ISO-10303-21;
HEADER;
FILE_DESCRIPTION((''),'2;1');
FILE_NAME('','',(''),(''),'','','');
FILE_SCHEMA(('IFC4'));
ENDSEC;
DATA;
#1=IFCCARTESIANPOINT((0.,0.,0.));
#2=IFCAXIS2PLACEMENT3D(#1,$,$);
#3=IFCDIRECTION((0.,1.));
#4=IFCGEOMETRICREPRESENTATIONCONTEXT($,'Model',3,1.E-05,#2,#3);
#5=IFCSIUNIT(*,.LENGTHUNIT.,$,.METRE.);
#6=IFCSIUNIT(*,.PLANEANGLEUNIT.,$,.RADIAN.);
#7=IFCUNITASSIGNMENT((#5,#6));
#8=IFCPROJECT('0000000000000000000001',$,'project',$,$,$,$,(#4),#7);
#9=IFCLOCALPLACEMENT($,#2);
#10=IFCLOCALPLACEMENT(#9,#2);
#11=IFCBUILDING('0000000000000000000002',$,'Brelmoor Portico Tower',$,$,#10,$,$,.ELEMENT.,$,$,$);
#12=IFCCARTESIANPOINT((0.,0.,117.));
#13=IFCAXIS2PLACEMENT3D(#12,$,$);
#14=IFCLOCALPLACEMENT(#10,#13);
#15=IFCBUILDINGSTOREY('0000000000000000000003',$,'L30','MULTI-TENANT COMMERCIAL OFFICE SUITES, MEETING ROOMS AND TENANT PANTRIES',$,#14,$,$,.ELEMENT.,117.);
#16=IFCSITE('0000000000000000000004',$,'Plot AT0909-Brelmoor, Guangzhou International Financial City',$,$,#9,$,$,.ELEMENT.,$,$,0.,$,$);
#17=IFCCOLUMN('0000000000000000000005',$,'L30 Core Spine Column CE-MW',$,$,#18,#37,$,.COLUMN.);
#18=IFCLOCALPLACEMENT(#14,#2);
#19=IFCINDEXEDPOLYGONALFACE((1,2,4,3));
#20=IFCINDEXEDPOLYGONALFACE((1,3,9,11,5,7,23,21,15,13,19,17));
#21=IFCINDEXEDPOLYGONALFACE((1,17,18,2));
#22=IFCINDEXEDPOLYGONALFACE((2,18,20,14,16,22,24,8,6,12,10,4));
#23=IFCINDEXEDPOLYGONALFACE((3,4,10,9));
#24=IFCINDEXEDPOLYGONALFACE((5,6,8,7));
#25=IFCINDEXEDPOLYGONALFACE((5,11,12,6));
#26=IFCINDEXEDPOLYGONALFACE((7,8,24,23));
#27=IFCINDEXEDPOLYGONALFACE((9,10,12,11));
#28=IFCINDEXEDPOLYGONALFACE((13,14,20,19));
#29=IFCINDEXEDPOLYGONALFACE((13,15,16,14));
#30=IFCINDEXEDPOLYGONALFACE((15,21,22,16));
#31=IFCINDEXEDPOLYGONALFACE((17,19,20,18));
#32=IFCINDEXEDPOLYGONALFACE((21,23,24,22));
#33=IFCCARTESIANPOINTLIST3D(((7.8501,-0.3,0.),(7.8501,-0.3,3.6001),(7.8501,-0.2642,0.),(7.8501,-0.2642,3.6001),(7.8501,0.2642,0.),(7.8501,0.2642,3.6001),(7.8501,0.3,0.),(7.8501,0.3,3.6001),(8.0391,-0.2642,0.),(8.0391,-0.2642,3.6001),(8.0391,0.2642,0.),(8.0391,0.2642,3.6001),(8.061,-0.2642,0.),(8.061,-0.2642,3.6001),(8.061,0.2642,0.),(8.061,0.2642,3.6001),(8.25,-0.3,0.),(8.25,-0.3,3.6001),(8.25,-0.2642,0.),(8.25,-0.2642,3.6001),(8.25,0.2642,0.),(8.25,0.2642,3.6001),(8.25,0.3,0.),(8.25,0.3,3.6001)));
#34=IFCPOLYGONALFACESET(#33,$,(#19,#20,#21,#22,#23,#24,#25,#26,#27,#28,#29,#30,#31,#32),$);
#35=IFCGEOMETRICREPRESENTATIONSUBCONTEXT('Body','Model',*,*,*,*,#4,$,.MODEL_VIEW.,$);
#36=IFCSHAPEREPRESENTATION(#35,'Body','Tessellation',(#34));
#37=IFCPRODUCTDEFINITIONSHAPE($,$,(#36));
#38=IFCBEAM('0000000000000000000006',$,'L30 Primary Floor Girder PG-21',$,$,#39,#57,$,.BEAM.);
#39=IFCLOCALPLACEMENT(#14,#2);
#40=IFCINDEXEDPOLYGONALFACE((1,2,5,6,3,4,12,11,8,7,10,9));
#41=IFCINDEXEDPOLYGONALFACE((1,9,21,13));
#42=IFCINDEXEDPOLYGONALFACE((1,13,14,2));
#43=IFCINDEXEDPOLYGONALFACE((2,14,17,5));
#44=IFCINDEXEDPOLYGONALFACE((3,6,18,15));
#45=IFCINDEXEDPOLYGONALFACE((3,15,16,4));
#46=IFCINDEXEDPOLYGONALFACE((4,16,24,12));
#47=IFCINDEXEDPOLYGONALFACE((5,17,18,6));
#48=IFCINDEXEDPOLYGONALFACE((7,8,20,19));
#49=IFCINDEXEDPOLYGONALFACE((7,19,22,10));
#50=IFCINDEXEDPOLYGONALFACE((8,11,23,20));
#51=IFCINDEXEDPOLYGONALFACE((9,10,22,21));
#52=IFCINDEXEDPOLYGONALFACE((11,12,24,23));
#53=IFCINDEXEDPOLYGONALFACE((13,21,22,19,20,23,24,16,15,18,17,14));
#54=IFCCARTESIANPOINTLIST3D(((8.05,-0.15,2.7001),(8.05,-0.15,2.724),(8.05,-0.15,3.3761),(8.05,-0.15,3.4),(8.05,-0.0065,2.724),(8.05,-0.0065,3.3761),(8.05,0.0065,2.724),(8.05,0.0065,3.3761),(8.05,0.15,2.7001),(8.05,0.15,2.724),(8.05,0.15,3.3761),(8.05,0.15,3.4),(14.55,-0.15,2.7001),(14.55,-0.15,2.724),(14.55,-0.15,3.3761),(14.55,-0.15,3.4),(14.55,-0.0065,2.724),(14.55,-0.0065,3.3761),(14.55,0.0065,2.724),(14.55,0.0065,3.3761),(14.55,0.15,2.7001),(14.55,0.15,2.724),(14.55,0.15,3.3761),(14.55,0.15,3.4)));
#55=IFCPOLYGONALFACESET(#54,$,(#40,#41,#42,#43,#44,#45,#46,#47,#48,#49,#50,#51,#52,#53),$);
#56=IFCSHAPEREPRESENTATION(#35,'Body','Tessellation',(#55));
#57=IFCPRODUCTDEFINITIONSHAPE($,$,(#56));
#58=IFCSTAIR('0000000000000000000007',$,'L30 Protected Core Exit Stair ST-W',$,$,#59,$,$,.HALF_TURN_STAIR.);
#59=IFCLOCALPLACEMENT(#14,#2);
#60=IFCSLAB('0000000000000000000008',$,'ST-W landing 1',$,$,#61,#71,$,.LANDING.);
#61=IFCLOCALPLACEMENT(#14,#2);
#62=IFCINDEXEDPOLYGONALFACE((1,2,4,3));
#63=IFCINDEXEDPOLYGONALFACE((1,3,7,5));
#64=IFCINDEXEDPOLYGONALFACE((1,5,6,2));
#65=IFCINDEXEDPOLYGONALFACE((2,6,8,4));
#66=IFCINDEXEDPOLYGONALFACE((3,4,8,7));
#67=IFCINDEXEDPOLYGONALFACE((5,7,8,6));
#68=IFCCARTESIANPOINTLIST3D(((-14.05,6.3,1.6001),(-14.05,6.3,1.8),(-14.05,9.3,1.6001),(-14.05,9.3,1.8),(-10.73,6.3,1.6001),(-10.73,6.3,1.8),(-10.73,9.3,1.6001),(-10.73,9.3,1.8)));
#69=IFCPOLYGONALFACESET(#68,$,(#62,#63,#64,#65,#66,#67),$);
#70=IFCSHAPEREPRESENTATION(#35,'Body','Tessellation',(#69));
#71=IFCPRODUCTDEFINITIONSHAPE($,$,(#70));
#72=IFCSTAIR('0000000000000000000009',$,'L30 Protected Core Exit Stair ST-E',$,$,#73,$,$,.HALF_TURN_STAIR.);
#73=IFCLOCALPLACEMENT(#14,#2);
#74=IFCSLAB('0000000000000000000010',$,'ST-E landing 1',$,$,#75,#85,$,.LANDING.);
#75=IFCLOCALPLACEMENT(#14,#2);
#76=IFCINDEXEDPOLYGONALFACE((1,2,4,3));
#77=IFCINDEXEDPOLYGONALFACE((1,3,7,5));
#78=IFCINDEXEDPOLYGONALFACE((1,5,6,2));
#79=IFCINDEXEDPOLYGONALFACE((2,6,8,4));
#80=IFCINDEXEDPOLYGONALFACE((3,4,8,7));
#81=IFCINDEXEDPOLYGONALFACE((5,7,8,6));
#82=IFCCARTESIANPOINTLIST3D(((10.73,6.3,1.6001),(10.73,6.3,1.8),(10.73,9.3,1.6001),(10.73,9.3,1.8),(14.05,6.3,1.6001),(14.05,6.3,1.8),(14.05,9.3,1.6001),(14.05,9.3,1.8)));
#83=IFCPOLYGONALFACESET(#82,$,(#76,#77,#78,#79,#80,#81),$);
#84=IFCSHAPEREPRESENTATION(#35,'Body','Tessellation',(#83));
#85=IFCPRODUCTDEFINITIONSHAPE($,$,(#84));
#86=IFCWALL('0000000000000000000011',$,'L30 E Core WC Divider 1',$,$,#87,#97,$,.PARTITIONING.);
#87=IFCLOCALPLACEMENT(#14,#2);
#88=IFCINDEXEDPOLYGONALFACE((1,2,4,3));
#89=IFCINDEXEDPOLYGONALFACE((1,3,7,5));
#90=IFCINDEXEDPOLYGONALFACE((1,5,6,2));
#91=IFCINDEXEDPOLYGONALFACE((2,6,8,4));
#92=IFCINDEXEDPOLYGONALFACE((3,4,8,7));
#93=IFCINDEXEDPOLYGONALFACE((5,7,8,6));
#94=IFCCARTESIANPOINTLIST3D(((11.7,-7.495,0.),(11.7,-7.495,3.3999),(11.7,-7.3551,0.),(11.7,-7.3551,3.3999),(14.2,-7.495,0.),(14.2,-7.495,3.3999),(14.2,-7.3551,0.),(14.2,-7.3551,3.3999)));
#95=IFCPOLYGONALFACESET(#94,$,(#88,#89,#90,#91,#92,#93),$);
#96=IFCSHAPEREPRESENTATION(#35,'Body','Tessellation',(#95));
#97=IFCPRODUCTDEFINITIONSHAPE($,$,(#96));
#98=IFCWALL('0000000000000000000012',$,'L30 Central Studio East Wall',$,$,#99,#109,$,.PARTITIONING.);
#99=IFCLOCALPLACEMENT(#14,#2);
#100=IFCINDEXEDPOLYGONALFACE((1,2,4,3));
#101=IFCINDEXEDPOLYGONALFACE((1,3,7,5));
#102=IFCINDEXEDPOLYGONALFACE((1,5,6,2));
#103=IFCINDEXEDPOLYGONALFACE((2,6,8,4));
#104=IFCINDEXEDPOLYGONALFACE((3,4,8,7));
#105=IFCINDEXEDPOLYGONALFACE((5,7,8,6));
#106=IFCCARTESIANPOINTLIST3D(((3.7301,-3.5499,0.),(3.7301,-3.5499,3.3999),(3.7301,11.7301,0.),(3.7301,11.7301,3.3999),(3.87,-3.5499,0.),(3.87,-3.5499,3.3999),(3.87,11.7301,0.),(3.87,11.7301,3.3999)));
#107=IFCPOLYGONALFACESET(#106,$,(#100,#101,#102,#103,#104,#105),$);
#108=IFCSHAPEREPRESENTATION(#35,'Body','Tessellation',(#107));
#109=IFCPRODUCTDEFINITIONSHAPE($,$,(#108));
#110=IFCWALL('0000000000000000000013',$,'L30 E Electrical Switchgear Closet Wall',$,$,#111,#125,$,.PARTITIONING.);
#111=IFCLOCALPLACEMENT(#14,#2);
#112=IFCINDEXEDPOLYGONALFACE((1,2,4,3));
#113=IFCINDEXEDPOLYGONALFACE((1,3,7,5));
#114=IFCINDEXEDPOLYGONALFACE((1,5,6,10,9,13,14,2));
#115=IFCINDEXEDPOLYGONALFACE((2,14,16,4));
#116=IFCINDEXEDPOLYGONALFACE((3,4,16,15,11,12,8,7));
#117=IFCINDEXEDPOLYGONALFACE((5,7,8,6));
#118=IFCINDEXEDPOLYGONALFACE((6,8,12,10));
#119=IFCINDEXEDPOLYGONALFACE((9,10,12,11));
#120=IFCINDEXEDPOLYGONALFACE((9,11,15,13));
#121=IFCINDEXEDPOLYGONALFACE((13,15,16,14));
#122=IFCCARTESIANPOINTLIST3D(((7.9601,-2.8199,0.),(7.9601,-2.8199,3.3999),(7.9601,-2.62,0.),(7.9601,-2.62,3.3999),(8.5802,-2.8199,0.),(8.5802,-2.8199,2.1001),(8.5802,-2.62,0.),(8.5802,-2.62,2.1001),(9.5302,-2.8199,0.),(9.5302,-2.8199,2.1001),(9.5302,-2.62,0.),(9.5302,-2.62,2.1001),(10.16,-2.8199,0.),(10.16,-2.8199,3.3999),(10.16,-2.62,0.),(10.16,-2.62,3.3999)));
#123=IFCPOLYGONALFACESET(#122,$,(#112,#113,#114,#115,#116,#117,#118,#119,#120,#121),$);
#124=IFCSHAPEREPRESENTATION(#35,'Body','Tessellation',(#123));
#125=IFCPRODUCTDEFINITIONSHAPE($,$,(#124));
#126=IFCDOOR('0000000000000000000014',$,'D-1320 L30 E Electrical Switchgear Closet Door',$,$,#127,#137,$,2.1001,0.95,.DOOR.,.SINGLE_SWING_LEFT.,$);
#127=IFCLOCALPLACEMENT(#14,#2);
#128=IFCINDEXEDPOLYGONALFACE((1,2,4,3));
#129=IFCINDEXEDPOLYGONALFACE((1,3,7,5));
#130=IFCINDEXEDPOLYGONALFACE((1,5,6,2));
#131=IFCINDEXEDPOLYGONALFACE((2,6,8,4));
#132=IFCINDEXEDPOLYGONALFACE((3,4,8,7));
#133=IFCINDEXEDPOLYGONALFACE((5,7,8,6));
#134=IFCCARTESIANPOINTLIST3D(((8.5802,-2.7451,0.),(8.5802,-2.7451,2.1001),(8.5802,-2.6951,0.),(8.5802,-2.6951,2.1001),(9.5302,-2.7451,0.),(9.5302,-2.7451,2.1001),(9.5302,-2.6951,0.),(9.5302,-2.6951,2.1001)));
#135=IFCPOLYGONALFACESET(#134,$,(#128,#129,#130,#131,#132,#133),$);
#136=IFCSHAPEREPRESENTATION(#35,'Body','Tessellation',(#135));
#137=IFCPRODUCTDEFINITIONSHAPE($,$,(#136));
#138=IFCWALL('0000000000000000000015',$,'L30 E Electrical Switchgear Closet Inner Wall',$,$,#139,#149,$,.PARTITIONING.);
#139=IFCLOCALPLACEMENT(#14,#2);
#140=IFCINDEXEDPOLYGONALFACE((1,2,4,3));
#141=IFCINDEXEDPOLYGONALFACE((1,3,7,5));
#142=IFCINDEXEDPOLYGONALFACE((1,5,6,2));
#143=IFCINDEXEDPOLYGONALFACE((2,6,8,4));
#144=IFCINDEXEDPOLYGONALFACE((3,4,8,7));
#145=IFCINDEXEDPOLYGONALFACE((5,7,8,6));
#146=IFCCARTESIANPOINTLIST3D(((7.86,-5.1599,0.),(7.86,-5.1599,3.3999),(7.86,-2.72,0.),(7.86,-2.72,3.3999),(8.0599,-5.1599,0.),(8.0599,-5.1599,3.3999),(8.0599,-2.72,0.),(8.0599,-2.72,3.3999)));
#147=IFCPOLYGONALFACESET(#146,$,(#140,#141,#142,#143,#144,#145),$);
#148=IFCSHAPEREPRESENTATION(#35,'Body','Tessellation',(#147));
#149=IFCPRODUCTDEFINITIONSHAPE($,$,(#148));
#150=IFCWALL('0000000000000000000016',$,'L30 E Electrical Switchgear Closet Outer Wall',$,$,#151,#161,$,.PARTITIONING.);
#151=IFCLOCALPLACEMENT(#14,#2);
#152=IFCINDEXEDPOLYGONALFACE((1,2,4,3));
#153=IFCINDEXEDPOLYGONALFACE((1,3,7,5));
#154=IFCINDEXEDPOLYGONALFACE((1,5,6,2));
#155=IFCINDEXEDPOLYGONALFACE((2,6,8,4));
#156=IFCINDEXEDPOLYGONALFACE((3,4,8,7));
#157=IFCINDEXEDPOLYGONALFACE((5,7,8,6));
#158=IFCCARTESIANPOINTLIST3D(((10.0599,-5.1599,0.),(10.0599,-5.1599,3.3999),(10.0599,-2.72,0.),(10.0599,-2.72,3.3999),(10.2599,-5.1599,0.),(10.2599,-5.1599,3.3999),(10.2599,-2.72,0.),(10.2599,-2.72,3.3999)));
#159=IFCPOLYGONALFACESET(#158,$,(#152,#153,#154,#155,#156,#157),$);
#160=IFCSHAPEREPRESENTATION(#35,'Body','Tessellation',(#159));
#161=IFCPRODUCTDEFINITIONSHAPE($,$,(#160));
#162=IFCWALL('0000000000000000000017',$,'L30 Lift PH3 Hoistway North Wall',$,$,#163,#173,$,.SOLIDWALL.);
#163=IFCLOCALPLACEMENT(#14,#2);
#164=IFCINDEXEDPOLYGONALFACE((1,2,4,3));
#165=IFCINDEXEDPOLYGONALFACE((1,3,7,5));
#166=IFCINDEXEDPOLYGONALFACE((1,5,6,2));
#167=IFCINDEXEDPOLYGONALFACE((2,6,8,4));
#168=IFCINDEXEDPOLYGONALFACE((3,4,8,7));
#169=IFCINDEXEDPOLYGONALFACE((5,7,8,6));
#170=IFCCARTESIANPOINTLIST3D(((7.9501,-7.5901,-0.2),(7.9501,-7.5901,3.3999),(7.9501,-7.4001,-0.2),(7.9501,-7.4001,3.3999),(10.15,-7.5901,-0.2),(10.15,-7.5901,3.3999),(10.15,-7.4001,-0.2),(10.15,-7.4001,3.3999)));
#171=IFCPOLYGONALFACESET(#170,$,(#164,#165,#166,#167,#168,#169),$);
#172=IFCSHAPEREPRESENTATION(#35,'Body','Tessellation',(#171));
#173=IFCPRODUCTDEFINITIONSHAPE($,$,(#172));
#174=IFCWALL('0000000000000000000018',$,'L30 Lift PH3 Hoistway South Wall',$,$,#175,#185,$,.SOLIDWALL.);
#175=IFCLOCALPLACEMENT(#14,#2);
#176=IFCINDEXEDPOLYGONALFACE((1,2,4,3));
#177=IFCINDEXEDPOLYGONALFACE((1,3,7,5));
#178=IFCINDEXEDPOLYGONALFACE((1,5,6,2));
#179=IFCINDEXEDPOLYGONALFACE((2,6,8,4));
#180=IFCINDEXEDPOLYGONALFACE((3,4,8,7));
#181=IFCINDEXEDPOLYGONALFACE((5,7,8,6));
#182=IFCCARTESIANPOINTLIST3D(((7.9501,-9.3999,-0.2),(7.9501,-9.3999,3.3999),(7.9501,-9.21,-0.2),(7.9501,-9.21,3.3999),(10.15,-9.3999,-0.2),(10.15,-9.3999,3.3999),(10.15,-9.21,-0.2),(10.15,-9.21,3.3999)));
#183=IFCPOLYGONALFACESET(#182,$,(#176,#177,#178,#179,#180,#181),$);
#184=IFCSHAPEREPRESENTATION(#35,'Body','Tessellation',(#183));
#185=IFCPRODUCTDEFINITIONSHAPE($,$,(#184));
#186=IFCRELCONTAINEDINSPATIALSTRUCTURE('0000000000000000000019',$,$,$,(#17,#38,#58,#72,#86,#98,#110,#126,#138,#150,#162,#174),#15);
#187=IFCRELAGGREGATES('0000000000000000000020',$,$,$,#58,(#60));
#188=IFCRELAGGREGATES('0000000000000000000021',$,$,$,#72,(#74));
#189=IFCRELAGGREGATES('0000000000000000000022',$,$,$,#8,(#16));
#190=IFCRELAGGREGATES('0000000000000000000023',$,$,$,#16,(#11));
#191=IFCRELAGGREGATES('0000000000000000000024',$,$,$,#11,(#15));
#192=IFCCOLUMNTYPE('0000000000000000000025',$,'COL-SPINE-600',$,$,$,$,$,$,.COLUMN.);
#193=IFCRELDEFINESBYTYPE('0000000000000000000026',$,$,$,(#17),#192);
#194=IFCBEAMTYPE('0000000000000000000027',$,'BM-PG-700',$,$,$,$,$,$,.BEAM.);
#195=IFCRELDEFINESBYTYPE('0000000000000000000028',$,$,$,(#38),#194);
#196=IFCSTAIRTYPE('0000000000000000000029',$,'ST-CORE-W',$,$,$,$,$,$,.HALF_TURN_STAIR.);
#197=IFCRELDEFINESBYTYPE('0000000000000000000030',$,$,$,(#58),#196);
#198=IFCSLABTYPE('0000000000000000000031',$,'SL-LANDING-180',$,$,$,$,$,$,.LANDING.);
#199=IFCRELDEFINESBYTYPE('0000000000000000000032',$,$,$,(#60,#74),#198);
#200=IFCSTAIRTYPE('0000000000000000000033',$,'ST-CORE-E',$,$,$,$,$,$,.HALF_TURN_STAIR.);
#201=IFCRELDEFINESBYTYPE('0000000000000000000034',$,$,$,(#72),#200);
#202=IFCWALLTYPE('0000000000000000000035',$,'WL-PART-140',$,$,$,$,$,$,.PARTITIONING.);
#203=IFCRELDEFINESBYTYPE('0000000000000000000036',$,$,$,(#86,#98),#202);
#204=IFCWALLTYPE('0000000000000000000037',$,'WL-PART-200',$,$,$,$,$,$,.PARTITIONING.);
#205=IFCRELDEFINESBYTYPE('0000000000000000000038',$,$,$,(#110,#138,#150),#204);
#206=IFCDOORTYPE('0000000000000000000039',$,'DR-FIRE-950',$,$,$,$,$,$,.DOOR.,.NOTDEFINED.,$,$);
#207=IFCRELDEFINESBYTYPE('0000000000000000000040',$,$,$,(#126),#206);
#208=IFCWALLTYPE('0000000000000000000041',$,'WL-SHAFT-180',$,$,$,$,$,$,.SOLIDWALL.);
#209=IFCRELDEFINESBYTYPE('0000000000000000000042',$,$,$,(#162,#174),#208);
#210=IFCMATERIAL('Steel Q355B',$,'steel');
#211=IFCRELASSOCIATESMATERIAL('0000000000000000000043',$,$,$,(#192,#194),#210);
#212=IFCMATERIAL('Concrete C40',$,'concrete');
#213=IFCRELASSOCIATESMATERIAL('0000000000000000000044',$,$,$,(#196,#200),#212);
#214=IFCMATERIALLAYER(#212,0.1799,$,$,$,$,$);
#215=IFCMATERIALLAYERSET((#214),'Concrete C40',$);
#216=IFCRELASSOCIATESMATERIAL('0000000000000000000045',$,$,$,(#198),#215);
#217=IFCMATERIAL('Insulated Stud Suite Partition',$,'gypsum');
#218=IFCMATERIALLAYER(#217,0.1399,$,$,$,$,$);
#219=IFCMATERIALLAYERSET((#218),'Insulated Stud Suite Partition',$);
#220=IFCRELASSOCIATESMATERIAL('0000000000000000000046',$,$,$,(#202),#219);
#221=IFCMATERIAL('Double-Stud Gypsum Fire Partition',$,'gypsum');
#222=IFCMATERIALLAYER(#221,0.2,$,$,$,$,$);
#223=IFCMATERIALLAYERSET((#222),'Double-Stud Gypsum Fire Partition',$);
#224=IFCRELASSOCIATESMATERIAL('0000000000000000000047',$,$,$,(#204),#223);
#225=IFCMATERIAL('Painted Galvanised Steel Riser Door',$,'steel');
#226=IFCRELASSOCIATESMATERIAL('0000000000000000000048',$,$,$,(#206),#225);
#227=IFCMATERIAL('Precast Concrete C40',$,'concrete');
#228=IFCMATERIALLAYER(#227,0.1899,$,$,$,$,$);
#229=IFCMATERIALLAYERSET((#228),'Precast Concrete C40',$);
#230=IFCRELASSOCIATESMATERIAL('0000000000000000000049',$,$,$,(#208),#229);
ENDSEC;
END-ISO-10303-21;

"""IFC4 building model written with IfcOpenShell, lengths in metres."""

from ifc_helpers import new_model, si_unit, direction, frame, frame_2d, origin, origin_2d, place, context, subcontext, project, spatial, polyline, rectangle, i_section, outline, extrude, material, layer, layer_set, material_profile, profile_set, type_object, element, fill, aggregate, save


model = new_model("IFC4")

# Units and contexts
model_context = context("Model", 3, precision=1e-05, world=origin(), true_north=direction((0.0, 1.0)))
body_context = subcontext(model_context, "Body", "Model", "MODEL_VIEW")
ifc_project = project(units=[si_unit("LENGTHUNIT", "METRE"), si_unit("PLANEANGLEUNIT", "RADIAN")], contexts=[model_context])

# Site, building, storey
site_placement = place(None, origin())
site = spatial("IfcSite", under=ifc_project, at=site_placement, Name="Plot AT0909-Brelmoor, Guangzhou International Financial City", CompositionType="ELEMENT", RefElevation=0.0)
building_placement = place(site_placement, origin())
building = spatial("IfcBuilding", under=site, at=building_placement, Name="Brelmoor Portico Tower", CompositionType="ELEMENT")
storey_placement = place(building_placement, frame((0.0, 0.0, 117.0)))
storey = spatial("IfcBuildingStorey", under=building, at=storey_placement, Name="L30", Description="MULTI-TENANT COMMERCIAL OFFICE SUITES, MEETING ROOMS AND TENANT PANTRIES", CompositionType="ELEMENT", Elevation=117.0)

# Column
ifc_material_1 = material(Name="Steel Q355B", Category="steel")
ifc_material_profile_1 = material_profile(ifc_material_1, i_section(OverallWidth=0.3999, OverallDepth=0.6001, WebThickness=0.022, FlangeThickness=0.0359, at=origin_2d()), Name="HW 600x400x22x36")
ifc_profile_set_1 = profile_set([ifc_material_profile_1], Name="Steel Q355B")
column_type = type_object("IfcColumnType", Name="COL-SPINE-600", PredefinedType="COLUMN", material=ifc_profile_set_1)
column_placement = place(storey_placement, frame((8.05, 0.0, 0.0), z_axis=(0.0, 0.0, 1.0), x_axis=(1.0, 0.0, 0.0)))
element("IfcColumn", 1, at=column_placement, inside=storey, type_object=column_type, Name="L30 Core Spine Column CE-MW", PredefinedType="COLUMN", context=body_context, shape_type="SweptSolid", body=[
    extrude(i_section(OverallWidth=0.3999, OverallDepth=0.6001, WebThickness=0.022, FlangeThickness=0.0359, at=origin_2d()), origin(), (0.0, 0.0, 1.0), 3.6001),
])

# Beam
ifc_material_profile_2 = material_profile(ifc_material_1, i_section(OverallWidth=0.3, OverallDepth=0.7, WebThickness=0.0129, FlangeThickness=0.0239, at=origin_2d()), Name="HN 700x300x13x24")
ifc_profile_set_2 = profile_set([ifc_material_profile_2], Name="Steel Q355B")
beam_type = type_object("IfcBeamType", Name="BM-PG-700", PredefinedType="BEAM", material=ifc_profile_set_2)
beam_placement = place(storey_placement, frame((8.05, 0.0, 3.05), z_axis=(1.0, 0.0, 0.0), x_axis=(0.0, 1.0, 0.0)))
element("IfcBeam", 2, at=beam_placement, inside=storey, type_object=beam_type, Name="L30 Primary Floor Girder PG-21", PredefinedType="BEAM", context=body_context, shape_type="SweptSolid", body=[
    extrude(i_section(OverallWidth=0.3, OverallDepth=0.7, WebThickness=0.0129, FlangeThickness=0.0239, at=origin_2d()), origin(), (0.0, 0.0, 1.0), 6.5),
])

# Stairs, slabs
ifc_material_2 = material(Name="Concrete C40", Category="concrete")
stair_type_1 = type_object("IfcStairType", Name="ST-CORE-W", PredefinedType="HALF_TURN_STAIR", material=ifc_material_2)
stair_1_placement = place(storey_placement, origin())
stair_1 = element("IfcStair", 3, at=stair_1_placement, inside=storey, type_object=stair_type_1, Name="L30 Protected Core Exit Stair ST-W", PredefinedType="HALF_TURN_STAIR")
ifc_layer_1 = layer(ifc_material_2, 0.1799)
ifc_layer_set_1 = layer_set([ifc_layer_1], Name="Concrete C40")
slab_type = type_object("IfcSlabType", Name="SL-LANDING-180", PredefinedType="LANDING", material=ifc_layer_set_1)
slab_1_placement = place(storey_placement, frame((0.0, 0.0, 1.6001)))
slab_1 = element("IfcSlab", 4, at=slab_1_placement, type_object=slab_type, Name="ST-W landing 1", PredefinedType="LANDING", context=body_context, shape_type="SweptSolid", body=[
    extrude(outline(polyline([(-10.73, 6.3), (-10.73, 9.3), (-14.05, 9.3), (-14.05, 6.3), (-10.73, 6.3)])), origin(), (0.0, 0.0, 1.0), 0.2),
])
aggregate(stair_1, [slab_1])
stair_type_2 = type_object("IfcStairType", Name="ST-CORE-E", PredefinedType="HALF_TURN_STAIR", material=ifc_material_2)
stair_2_placement = place(storey_placement, origin())
stair_2 = element("IfcStair", 5, at=stair_2_placement, inside=storey, type_object=stair_type_2, Name="L30 Protected Core Exit Stair ST-E", PredefinedType="HALF_TURN_STAIR")
slab_2_placement = place(storey_placement, frame((0.0, 0.0, 1.6001)))
slab_2 = element("IfcSlab", 6, at=slab_2_placement, type_object=slab_type, Name="ST-E landing 1", PredefinedType="LANDING", context=body_context, shape_type="SweptSolid", body=[
    extrude(outline(polyline([(14.05, 6.3), (14.05, 9.3), (10.73, 9.3), (10.73, 6.3), (14.05, 6.3)])), origin(), (0.0, 0.0, 1.0), 0.2),
])
aggregate(stair_2, [slab_2])

# Walls
ifc_material_3 = material(Name="Insulated Stud Suite Partition", Category="gypsum")
ifc_layer_2 = layer(ifc_material_3, 0.1399)
ifc_layer_set_2 = layer_set([ifc_layer_2], Name="Insulated Stud Suite Partition")
wall_type_1 = type_object("IfcWallType", Name="WL-PART-140", PredefinedType="PARTITIONING", material=ifc_layer_set_2)
wall_1_placement = place(storey_placement, frame((11.7, -7.425, 0.0), z_axis=(0.0, 0.0, 1.0), x_axis=(1.0, 0.0, 0.0)))
element("IfcWall", 7, at=wall_1_placement, inside=storey, type_object=wall_type_1, Name="L30 E Core WC Divider 1", PredefinedType="PARTITIONING", context=body_context, shape_type="SweptSolid", body=[
    extrude(rectangle(XDim=2.5, YDim=0.1399, at=frame_2d((1.25, 0.0))), origin(), (0.0, 0.0, 1.0), 3.3999),
])
wall_2_placement = place(storey_placement, frame((3.8, -3.55, 0.0), z_axis=(0.0, 0.0, 1.0), x_axis=(0.0, 1.0, 0.0)))
element("IfcWall", 8, at=wall_2_placement, inside=storey, type_object=wall_type_1, Name="L30 Central Studio East Wall", PredefinedType="PARTITIONING", context=body_context, shape_type="SweptSolid", body=[
    extrude(rectangle(XDim=15.28, YDim=0.1399, at=frame_2d((7.6401, 0.0))), origin(), (0.0, 0.0, 1.0), 3.3999),
])

# Wall, opening, door
ifc_material_4 = material(Name="Double-Stud Gypsum Fire Partition", Category="gypsum")
ifc_layer_3 = layer(ifc_material_4, 0.2)
ifc_layer_set_3 = layer_set([ifc_layer_3], Name="Double-Stud Gypsum Fire Partition")
wall_type_2 = type_object("IfcWallType", Name="WL-PART-200", PredefinedType="PARTITIONING", material=ifc_layer_set_3)
wall_3_placement = place(storey_placement, frame((7.96, -2.72, 0.0), z_axis=(0.0, 0.0, 1.0), x_axis=(1.0, 0.0, 0.0)))
wall_3 = element("IfcWall", 9, at=wall_3_placement, inside=storey, type_object=wall_type_2, Name="L30 E Electrical Switchgear Closet Wall", PredefinedType="PARTITIONING", context=body_context, shape_type="SweptSolid", body=[
    extrude(rectangle(XDim=2.2, YDim=0.2, at=frame_2d((1.1001, 0.0))), origin(), (0.0, 0.0, 1.0), 3.3999),
])
opening_1_placement = place(wall_3_placement, frame((0.6201, 0.0, 0.0)))
opening_1 = element("IfcOpeningElement", 10, at=opening_1_placement, cuts=wall_3, PredefinedType="OPENING", context=body_context, shape_type="SweptSolid", body=[
    extrude(rectangle(XDim=0.95, YDim=2.1001, at=frame_2d((0.4751, 1.05))), frame((0.0, 0.1099, 0.0), z_axis=(0.0, -1.0, 0.0), x_axis=(1.0, 0.0, 0.0)), (0.0, 0.0, 1.0), 0.22),
])
ifc_material_5 = material(Name="Painted Galvanised Steel Riser Door", Category="steel")
door_type_1 = type_object("IfcDoorType", Name="DR-FIRE-950", OperationType="NOTDEFINED", PredefinedType="DOOR", material=ifc_material_5)
door_1_placement = place(opening_1_placement, origin())
door_1 = element("IfcDoor", 11, at=door_1_placement, inside=storey, type_object=door_type_1, Name="D-1320 L30 E Electrical Switchgear Closet Door", OperationType="SINGLE_SWING_LEFT", OverallHeight=2.1001, OverallWidth=0.95, PredefinedType="DOOR", context=body_context, shape_type="SweptSolid", body=[
    extrude(rectangle(XDim=0.95, YDim=2.1001, at=frame_2d((0.4751, 1.05))), frame((0.0, 0.0249, 0.0), z_axis=(0.0, -1.0, 0.0), x_axis=(1.0, 0.0, 0.0)), (0.0, 0.0, 1.0), 0.05),
])
fill(opening_1, door_1)

# Walls
for number, where, z_axis, x_axis, name in (
    (12, (7.96, -5.1599, 0.0), (0.0, 0.0, 1.0), (0.0, 1.0, 0.0), "L30 E Electrical Switchgear Closet Inner Wall"),
    (13, (10.1599, -5.1599, 0.0), (0.0, 0.0, 1.0), (0.0, 1.0, 0.0), "L30 E Electrical Switchgear Closet Outer Wall"),
):
    element("IfcWall", number, at=place(storey_placement, frame(where, z_axis=z_axis, x_axis=x_axis)), inside=storey, type_object=wall_type_2, Name=name, PredefinedType="PARTITIONING", context=body_context, shape_type="SweptSolid", body=[
        extrude(rectangle(XDim=2.4399, YDim=0.2, at=frame_2d((1.22, 0.0))), origin(), (0.0, 0.0, 1.0), 3.3999),
    ])
ifc_material_6 = material(Name="Precast Concrete C40", Category="concrete")
ifc_layer_4 = layer(ifc_material_6, 0.1899)
ifc_layer_set_4 = layer_set([ifc_layer_4], Name="Precast Concrete C40")
wall_type_3 = type_object("IfcWallType", Name="WL-SHAFT-180", PredefinedType="SOLIDWALL", material=ifc_layer_set_4)
for number, where, z_axis, x_axis, name in (
    (14, (7.95, -7.4951, -0.2), (0.0, 0.0, 1.0), (1.0, 0.0, 0.0), "L30 Lift PH3 Hoistway North Wall"),
    (15, (7.95, -9.3049, -0.2), (0.0, 0.0, 1.0), (1.0, 0.0, 0.0), "L30 Lift PH3 Hoistway South Wall"),
):
    element("IfcWall", number, at=place(storey_placement, frame(where, z_axis=z_axis, x_axis=x_axis)), inside=storey, type_object=wall_type_3, Name=name, PredefinedType="SOLIDWALL", context=body_context, shape_type="SweptSolid", body=[
        extrude(rectangle(XDim=2.2, YDim=0.1899, at=frame_2d((1.1001, 0.0))), origin(), (0.0, 0.0, 1.0), 3.5999),
    ])

save(model, "model.ifc")
